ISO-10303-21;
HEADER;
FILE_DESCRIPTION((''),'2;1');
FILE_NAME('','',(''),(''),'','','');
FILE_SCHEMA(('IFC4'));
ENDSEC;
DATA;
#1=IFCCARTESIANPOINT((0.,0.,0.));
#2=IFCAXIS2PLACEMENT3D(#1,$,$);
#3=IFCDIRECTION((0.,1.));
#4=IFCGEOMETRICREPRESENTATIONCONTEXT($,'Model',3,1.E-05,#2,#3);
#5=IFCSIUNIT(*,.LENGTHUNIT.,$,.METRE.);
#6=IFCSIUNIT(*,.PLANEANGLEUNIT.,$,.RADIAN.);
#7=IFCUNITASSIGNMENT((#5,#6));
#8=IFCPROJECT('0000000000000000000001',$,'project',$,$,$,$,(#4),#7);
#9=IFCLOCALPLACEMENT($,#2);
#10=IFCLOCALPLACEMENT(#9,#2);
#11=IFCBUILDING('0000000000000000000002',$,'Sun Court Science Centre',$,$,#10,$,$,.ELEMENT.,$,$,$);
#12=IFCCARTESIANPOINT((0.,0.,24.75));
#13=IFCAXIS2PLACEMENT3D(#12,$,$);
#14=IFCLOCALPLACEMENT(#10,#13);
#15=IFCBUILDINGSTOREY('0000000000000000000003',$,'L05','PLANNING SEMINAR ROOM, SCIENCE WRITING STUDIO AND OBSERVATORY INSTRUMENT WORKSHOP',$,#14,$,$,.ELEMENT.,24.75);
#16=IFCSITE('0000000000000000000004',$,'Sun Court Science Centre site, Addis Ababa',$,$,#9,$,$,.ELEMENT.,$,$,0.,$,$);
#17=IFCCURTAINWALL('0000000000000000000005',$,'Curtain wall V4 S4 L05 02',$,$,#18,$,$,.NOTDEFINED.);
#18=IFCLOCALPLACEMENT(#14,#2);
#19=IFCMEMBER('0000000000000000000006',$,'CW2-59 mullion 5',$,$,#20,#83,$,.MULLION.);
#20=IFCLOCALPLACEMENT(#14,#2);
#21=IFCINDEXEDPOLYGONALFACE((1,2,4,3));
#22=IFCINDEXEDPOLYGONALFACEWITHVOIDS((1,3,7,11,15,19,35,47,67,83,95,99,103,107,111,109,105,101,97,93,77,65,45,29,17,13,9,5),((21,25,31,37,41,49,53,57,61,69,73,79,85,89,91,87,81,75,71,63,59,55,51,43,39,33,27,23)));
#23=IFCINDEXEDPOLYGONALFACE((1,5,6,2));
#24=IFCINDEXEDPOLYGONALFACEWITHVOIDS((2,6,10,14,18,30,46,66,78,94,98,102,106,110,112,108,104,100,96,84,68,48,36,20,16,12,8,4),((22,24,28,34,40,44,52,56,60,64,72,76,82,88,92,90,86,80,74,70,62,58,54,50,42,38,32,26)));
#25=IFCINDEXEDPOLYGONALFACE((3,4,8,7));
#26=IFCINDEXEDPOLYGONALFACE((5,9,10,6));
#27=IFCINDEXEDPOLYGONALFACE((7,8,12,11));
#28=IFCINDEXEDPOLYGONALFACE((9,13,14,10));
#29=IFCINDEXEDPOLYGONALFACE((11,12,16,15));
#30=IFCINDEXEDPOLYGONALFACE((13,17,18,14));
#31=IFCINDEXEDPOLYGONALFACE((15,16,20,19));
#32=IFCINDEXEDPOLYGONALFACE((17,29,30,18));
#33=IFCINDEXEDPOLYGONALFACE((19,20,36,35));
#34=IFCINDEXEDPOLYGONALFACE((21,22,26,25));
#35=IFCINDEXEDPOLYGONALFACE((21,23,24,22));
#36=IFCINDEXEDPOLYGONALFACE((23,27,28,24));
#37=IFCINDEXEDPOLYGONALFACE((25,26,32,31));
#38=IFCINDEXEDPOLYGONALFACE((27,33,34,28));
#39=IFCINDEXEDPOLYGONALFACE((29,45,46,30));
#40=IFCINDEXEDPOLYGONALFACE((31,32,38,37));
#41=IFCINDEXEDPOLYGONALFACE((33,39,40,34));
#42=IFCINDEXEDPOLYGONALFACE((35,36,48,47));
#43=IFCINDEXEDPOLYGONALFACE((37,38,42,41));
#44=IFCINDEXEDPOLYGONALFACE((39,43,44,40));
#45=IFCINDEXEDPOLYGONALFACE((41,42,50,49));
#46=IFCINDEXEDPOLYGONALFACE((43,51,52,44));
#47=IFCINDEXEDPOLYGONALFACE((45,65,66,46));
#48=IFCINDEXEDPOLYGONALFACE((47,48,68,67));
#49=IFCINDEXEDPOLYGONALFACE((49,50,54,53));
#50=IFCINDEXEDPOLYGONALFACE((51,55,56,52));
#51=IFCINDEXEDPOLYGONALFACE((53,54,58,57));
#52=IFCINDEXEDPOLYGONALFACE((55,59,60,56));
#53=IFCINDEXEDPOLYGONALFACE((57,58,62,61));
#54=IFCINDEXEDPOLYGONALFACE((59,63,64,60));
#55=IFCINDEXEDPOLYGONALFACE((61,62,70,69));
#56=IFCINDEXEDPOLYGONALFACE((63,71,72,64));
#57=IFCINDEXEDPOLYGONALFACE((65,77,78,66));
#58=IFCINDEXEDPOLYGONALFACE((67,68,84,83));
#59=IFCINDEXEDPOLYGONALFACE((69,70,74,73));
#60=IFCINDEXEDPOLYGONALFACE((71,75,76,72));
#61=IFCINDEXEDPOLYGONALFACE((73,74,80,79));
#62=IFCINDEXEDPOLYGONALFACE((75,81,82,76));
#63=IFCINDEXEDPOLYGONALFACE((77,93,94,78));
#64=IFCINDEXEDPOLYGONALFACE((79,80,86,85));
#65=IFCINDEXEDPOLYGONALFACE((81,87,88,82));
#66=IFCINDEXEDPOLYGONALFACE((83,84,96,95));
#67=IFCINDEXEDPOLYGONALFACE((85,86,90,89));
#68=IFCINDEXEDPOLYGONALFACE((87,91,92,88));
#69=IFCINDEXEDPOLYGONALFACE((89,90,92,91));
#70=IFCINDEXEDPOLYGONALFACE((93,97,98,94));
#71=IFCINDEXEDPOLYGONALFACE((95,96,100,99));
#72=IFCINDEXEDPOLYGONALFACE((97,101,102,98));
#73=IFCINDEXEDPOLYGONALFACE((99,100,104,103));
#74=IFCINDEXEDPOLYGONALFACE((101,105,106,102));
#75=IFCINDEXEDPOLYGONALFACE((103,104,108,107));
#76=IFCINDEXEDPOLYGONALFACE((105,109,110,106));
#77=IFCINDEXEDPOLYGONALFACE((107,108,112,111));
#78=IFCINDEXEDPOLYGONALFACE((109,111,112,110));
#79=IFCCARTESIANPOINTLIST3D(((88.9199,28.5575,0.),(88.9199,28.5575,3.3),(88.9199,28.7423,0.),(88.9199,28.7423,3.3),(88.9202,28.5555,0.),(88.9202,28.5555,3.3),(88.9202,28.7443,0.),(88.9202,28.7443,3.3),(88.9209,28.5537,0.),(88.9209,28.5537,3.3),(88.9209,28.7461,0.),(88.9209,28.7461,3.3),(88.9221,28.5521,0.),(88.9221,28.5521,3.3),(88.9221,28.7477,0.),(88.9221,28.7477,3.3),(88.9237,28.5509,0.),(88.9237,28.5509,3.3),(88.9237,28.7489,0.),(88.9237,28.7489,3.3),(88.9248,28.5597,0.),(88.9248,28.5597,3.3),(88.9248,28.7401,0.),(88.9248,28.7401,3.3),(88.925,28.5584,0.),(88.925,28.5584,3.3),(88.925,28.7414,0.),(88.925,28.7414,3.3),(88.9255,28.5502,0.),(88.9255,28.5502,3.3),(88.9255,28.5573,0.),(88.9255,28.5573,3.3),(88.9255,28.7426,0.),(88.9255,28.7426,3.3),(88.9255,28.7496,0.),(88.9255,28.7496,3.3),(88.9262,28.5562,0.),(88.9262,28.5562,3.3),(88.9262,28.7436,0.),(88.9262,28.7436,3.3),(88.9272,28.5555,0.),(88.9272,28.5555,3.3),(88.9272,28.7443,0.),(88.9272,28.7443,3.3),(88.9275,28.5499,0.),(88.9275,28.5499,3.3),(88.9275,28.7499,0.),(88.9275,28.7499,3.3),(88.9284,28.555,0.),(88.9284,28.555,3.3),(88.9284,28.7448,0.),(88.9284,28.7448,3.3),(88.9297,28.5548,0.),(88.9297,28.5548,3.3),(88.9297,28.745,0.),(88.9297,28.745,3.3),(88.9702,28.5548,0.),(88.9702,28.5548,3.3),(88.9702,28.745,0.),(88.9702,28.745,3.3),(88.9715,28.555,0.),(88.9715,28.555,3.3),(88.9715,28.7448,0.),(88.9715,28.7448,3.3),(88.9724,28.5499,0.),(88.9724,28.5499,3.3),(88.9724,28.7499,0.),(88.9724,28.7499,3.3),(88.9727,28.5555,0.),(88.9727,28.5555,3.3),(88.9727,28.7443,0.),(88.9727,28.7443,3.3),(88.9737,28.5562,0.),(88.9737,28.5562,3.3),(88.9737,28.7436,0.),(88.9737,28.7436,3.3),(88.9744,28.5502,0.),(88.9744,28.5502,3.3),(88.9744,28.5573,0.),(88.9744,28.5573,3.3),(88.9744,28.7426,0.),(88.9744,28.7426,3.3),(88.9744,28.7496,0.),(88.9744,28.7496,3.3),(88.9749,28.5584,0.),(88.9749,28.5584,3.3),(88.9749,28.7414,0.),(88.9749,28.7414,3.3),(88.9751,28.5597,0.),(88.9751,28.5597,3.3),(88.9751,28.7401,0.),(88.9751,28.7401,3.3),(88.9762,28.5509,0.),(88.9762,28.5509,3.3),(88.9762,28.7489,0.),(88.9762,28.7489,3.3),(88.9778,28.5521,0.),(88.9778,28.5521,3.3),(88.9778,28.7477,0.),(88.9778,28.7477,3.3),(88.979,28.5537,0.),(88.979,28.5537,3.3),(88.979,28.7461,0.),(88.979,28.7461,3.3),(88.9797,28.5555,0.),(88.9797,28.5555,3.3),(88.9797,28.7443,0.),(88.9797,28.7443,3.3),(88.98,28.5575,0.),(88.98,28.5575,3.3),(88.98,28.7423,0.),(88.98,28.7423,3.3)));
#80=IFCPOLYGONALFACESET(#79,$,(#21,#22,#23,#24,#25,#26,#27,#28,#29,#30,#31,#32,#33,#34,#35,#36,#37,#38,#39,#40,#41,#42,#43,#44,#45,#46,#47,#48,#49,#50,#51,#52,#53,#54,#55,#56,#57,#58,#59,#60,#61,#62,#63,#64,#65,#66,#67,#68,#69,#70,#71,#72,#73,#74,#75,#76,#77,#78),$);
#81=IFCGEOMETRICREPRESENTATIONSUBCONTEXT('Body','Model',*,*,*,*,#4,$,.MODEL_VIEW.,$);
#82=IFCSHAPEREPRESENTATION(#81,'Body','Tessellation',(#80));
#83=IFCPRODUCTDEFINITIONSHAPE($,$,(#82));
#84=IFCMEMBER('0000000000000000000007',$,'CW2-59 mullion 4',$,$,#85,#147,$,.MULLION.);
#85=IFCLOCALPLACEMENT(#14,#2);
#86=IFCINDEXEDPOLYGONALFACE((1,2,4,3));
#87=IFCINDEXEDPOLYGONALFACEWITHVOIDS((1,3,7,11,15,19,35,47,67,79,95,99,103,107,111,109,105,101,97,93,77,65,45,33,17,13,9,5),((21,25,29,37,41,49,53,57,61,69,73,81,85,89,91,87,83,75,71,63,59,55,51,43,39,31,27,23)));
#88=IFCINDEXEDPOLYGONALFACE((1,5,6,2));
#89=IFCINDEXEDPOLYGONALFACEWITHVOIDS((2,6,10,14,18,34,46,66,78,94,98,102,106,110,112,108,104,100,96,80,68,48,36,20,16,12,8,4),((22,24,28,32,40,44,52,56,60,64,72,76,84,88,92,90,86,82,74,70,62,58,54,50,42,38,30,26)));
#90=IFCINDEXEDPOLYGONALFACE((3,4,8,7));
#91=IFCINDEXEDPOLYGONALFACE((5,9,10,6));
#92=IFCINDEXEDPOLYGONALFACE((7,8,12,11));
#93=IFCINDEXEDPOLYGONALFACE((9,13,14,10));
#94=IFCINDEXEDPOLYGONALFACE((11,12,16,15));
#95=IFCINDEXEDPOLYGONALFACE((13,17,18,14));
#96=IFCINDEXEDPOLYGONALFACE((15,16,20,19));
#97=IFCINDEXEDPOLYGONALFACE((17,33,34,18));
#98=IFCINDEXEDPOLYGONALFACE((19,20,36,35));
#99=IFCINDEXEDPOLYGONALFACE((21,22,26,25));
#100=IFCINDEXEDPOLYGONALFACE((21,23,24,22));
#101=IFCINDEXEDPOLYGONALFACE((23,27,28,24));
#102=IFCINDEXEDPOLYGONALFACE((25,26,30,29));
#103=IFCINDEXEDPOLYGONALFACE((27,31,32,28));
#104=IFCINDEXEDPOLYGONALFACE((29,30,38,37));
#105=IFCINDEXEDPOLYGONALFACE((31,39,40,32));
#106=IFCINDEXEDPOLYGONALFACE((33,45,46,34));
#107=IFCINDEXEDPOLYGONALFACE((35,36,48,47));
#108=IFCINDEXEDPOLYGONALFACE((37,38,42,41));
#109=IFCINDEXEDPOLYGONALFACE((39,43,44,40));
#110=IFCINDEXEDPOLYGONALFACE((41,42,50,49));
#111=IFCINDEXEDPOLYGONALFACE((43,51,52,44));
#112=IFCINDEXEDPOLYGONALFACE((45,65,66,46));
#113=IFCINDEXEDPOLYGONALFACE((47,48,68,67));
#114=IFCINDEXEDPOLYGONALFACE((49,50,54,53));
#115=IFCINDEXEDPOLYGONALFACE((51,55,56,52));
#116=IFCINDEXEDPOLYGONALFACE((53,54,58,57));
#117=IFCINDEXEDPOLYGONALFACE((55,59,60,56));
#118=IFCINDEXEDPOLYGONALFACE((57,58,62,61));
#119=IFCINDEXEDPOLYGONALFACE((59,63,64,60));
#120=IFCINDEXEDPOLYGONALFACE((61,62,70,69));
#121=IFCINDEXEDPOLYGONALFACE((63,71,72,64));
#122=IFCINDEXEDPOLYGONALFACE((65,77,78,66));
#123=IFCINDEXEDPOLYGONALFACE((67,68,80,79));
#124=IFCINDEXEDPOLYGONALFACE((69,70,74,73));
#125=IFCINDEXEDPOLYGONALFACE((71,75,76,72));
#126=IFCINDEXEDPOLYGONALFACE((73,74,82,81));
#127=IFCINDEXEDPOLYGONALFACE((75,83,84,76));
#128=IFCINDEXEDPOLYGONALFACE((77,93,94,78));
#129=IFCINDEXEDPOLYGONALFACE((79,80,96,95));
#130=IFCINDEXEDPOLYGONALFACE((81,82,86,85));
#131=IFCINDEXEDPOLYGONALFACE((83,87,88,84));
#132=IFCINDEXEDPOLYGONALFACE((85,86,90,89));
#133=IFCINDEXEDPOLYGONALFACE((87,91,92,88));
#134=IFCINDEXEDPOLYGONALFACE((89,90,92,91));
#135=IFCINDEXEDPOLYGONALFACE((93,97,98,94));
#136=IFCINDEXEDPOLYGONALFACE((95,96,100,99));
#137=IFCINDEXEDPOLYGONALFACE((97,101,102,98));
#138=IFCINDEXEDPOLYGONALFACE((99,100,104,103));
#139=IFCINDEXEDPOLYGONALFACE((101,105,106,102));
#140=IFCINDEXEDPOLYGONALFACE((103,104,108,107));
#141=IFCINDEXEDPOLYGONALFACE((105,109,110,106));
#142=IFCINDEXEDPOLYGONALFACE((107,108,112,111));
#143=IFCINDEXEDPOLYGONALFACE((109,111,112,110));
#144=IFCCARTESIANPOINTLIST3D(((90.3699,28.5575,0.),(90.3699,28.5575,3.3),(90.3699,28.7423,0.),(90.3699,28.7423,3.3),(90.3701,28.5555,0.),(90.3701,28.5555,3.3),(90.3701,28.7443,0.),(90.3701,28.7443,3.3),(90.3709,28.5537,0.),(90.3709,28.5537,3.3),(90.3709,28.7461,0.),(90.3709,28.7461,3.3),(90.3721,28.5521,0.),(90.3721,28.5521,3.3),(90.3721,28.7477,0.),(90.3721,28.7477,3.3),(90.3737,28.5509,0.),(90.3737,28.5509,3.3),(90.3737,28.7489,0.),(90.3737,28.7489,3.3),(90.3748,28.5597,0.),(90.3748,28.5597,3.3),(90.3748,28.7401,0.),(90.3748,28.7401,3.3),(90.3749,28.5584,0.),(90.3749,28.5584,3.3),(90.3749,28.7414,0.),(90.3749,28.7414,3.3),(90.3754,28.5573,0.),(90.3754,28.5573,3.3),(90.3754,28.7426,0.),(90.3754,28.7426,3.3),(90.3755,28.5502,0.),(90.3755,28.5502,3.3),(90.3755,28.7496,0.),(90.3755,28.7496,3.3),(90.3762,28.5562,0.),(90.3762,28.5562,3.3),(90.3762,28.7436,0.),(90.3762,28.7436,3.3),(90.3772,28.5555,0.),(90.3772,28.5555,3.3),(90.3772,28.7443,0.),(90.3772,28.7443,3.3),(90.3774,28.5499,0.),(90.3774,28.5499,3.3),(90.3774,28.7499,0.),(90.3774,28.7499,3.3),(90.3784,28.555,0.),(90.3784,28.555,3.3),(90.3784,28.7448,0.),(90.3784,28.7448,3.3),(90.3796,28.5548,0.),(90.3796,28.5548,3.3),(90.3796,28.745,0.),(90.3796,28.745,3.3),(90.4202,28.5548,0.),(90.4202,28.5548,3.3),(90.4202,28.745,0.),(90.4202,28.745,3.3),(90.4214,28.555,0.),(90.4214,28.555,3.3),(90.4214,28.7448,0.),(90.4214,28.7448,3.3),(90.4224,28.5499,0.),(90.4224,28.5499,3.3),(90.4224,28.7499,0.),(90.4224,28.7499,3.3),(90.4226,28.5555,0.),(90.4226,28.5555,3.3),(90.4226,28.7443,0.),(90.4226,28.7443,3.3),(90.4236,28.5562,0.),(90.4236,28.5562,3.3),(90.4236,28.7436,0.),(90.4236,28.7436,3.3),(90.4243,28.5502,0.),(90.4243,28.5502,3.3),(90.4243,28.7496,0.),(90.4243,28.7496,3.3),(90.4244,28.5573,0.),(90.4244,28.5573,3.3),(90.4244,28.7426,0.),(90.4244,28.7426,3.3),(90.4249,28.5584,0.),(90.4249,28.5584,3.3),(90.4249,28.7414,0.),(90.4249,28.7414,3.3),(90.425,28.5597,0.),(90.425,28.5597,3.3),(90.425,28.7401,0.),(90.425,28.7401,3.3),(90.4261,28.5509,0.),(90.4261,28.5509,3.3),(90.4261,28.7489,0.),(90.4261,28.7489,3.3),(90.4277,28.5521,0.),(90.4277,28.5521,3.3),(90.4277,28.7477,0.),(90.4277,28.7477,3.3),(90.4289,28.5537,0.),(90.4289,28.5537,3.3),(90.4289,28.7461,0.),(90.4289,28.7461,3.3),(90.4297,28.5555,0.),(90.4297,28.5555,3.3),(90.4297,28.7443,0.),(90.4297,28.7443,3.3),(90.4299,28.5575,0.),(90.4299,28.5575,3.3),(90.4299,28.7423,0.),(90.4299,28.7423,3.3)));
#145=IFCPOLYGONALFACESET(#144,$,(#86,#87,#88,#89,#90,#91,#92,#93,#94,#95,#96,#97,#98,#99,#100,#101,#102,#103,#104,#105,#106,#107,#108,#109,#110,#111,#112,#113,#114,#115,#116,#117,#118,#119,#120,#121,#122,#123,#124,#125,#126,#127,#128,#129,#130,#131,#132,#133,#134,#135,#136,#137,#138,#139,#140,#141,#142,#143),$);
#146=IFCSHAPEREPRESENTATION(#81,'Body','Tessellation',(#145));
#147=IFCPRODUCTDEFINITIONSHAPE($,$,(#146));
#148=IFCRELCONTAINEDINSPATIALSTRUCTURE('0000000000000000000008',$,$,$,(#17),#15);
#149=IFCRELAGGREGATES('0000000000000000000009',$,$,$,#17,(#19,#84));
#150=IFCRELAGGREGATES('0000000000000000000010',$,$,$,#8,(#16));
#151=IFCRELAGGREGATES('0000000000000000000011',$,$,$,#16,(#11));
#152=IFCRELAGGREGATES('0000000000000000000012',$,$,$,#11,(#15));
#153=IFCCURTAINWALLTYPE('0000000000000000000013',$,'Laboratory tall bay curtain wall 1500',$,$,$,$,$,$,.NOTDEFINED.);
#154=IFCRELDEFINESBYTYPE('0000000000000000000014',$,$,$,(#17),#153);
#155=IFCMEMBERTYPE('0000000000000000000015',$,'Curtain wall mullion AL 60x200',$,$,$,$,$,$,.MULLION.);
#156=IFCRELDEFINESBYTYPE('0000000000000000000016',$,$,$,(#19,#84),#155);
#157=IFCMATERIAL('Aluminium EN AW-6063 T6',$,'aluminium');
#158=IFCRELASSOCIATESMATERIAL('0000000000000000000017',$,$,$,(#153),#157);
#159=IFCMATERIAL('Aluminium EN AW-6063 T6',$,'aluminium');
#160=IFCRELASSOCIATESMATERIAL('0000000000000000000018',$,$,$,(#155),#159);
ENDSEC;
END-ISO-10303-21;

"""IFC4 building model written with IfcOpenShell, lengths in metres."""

from ifc_helpers import new_model, si_unit, direction, frame, origin, origin_2d, place, context, subcontext, project, spatial, hollow_rectangle, extrude, material, material_profile, profile_set, type_object, element, aggregate, save


model = new_model("IFC4")

# Units and contexts
model_context = context("Model", 3, precision=1e-05, world=origin(), true_north=direction((0.0, 1.0)))
body_context = subcontext(model_context, "Body", "Model", "MODEL_VIEW")
ifc_project = project(units=[si_unit("LENGTHUNIT", "METRE"), si_unit("PLANEANGLEUNIT", "RADIAN")], contexts=[model_context])

# Site, building, storey
site_placement = place(None, origin())
site = spatial("IfcSite", under=ifc_project, at=site_placement, Name="Sun Court Science Centre site, Addis Ababa", CompositionType="ELEMENT", RefElevation=0.0)
building_placement = place(site_placement, origin())
building = spatial("IfcBuilding", under=site, at=building_placement, Name="Sun Court Science Centre", CompositionType="ELEMENT")
storey_placement = place(building_placement, frame((0.0, 0.0, 24.75)))
storey = spatial("IfcBuildingStorey", under=building, at=storey_placement, Name="L05", Description="PLANNING SEMINAR ROOM, SCIENCE WRITING STUDIO AND OBSERVATORY INSTRUMENT WORKSHOP", CompositionType="ELEMENT", Elevation=24.75)

# Curtain wall, members
ifc_material_1 = material(Name="Aluminium EN AW-6063 T6", Category="aluminium")
curtain_wall_type = type_object("IfcCurtainWallType", Name="Laboratory tall bay curtain wall 1500", PredefinedType="NOTDEFINED", material=ifc_material_1)
curtain_wall_placement = place(storey_placement, origin())
curtain_wall = element("IfcCurtainWall", 1, at=curtain_wall_placement, inside=storey, type_object=curtain_wall_type, Name="Curtain wall V4 S4 L05 02", PredefinedType="NOTDEFINED")
ifc_material_2 = material(Name="Aluminium EN AW-6063 T6", Category="aluminium")
ifc_material_profile_1 = material_profile(ifc_material_2, hollow_rectangle(XDim=0.0601, YDim=0.2, WallThickness=0.0049, InnerFilletRadius=0.0049, OuterFilletRadius=0.0076, at=origin_2d()), Name="AL 60x200x5")
ifc_profile_set_1 = profile_set([ifc_material_profile_1], Name="Aluminium EN AW-6063 T6")
member_type_1 = type_object("IfcMemberType", Name="Curtain wall mullion AL 60x200", PredefinedType="MULLION", material=ifc_profile_set_1)
member_1_placement = place(storey_placement, frame((88.95, 28.6499, 0.0), z_axis=(0.0, 0.0, 1.0), x_axis=(-1.0, 0.0, 0.0)))
member_1 = element("IfcMember", 2, at=member_1_placement, type_object=member_type_1, Name="CW2-59 mullion 5", PredefinedType="MULLION", context=body_context, shape_type="SweptSolid", body=[
    extrude(hollow_rectangle(XDim=0.0601, YDim=0.2, WallThickness=0.0049, InnerFilletRadius=0.0049, OuterFilletRadius=0.0076, at=origin_2d()), origin(), (0.0, 0.0, 1.0), 3.3),
])
member_2_placement = place(storey_placement, frame((90.3999, 28.6499, 0.0), z_axis=(0.0, 0.0, 1.0), x_axis=(-1.0, 0.0, 0.0)))
member_2 = element("IfcMember", 3, at=member_2_placement, type_object=member_type_1, Name="CW2-59 mullion 4", PredefinedType="MULLION", context=body_context, shape_type="SweptSolid", body=[
    extrude(hollow_rectangle(XDim=0.0601, YDim=0.2, WallThickness=0.0049, InnerFilletRadius=0.0049, OuterFilletRadius=0.0076, at=origin_2d()), origin(), (0.0, 0.0, 1.0), 3.3),
])
aggregate(curtain_wall, [member_1, member_2])

save(model, "model.ifc")
